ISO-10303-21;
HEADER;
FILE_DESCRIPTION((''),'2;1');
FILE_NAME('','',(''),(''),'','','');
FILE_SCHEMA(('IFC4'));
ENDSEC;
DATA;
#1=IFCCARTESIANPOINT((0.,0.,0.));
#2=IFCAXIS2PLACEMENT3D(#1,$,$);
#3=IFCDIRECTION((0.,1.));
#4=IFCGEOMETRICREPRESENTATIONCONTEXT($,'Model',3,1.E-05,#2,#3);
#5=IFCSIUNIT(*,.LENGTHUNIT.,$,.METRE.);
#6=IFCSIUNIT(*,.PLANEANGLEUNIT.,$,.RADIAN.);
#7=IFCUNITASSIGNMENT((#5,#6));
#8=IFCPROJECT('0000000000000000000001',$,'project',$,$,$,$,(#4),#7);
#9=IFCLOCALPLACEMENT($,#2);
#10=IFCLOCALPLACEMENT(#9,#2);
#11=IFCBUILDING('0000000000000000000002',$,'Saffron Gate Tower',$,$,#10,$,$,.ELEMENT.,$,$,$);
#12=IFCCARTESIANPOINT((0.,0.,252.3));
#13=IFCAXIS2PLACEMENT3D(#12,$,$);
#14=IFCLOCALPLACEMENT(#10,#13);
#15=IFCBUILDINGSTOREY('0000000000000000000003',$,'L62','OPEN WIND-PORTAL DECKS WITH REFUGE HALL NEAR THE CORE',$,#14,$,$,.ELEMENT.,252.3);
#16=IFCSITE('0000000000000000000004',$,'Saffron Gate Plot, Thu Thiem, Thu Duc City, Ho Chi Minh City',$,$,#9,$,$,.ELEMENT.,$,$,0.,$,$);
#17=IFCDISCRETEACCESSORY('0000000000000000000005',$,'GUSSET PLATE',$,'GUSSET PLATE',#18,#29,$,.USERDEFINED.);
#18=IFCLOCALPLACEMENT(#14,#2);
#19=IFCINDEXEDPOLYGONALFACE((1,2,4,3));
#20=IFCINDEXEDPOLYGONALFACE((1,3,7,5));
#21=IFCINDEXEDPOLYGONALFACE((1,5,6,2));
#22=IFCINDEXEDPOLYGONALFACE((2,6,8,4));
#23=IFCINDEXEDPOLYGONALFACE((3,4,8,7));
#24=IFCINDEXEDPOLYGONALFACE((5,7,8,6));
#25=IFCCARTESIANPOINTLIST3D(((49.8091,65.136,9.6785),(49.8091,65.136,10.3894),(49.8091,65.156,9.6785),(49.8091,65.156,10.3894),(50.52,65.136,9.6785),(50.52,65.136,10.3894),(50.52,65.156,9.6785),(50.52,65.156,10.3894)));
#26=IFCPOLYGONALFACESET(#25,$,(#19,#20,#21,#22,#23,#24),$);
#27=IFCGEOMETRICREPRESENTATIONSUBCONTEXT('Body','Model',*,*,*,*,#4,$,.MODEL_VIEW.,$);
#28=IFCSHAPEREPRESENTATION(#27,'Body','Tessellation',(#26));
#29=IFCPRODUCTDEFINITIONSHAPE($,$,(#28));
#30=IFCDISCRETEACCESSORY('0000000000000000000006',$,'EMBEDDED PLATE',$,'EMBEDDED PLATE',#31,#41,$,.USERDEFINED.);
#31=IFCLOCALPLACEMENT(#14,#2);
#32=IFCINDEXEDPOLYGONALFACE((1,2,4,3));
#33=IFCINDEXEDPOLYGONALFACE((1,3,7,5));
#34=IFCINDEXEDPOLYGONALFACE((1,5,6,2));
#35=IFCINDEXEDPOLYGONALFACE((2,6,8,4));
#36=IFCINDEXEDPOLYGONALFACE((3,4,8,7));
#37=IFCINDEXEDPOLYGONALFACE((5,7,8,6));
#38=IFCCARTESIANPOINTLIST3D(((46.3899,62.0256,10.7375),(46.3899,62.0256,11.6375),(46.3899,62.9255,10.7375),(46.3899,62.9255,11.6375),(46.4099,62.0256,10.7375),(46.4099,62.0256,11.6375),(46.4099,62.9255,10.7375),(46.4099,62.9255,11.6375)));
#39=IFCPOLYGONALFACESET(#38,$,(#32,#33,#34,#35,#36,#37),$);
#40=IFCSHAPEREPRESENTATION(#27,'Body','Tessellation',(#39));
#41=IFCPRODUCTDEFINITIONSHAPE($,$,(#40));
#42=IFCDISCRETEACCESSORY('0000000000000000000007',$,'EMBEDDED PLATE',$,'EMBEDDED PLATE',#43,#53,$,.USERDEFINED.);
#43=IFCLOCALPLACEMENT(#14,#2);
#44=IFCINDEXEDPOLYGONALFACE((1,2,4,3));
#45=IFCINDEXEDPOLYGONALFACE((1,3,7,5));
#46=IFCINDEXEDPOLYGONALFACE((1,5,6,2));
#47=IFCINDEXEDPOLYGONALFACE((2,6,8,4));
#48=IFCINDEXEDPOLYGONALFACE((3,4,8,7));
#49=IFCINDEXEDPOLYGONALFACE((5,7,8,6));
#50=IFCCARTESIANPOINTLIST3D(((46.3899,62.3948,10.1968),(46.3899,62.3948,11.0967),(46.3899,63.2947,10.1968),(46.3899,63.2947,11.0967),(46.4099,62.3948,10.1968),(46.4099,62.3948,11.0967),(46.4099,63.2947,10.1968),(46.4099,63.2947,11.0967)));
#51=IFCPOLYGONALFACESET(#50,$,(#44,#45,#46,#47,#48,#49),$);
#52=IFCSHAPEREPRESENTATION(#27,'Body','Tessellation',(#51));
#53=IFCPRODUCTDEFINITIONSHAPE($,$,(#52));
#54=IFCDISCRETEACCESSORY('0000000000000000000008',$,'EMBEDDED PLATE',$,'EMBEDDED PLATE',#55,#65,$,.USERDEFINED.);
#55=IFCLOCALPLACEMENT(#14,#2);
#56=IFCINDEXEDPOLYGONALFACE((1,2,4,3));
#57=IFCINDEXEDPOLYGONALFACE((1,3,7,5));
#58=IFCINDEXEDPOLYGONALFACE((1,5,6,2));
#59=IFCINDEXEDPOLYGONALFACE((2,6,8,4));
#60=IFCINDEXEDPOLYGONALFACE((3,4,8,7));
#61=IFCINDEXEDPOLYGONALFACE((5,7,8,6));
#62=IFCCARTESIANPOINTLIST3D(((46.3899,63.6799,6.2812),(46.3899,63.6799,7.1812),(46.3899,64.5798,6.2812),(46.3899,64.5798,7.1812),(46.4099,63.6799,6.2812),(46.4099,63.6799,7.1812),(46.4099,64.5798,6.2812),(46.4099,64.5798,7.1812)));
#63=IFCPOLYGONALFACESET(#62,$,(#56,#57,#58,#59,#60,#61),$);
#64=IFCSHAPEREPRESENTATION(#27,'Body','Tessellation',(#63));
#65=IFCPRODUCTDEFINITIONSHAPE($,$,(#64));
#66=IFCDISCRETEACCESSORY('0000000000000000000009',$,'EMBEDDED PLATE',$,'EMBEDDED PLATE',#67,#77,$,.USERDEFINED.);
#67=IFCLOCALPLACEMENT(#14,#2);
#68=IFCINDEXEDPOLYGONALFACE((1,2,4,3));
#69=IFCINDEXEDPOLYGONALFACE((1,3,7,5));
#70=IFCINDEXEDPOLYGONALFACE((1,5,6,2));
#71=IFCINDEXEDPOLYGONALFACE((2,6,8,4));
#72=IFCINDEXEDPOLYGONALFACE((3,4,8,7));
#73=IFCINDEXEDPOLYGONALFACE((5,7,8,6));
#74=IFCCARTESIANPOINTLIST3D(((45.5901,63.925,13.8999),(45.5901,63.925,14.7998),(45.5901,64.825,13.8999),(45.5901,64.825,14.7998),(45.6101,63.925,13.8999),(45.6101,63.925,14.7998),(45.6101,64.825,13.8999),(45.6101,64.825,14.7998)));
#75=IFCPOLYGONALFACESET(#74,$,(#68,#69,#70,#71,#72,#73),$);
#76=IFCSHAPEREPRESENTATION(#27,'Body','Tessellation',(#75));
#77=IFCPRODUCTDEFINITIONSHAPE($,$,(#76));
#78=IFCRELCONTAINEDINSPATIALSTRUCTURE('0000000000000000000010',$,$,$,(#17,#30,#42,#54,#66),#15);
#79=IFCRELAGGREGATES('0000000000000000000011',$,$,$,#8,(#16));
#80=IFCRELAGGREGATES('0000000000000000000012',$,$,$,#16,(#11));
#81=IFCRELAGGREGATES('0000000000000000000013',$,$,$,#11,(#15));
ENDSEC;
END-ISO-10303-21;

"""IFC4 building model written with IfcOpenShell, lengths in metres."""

from ifc_helpers import new_model, si_unit, direction, frame, origin, origin_2d, place, context, subcontext, project, spatial, rectangle, extrude, element, save


model = new_model("IFC4")

# Units and contexts
model_context = context("Model", 3, precision=1e-05, world=origin(), true_north=direction((0.0, 1.0)))
body_context = subcontext(model_context, "Body", "Model", "MODEL_VIEW")
ifc_project = project(units=[si_unit("LENGTHUNIT", "METRE"), si_unit("PLANEANGLEUNIT", "RADIAN")], contexts=[model_context])

# Site, building, storey
site_placement = place(None, origin())
site = spatial("IfcSite", under=ifc_project, at=site_placement, Name="Saffron Gate Plot, Thu Thiem, Thu Duc City, Ho Chi Minh City", CompositionType="ELEMENT", RefElevation=0.0)
building_placement = place(site_placement, origin())
building = spatial("IfcBuilding", under=site, at=building_placement, Name="Saffron Gate Tower", CompositionType="ELEMENT")
storey_placement = place(building_placement, frame((0.0, 0.0, 252.3)))
storey = spatial("IfcBuildingStorey", under=building, at=storey_placement, Name="L62", Description="OPEN WIND-PORTAL DECKS WITH REFUGE HALL NEAR THE CORE", CompositionType="ELEMENT", Elevation=252.3)

# Discrete accessories
for number, where, z_axis, x_axis, name in (
    (1, (50.1646, 65.146, 9.6785), (0.0, 0.0, 1.0), (-1.0, 0.0, 0.0), "GUSSET PLATE"),
):
    element("IfcDiscreteAccessory", number, at=place(storey_placement, frame(where, z_axis=z_axis, x_axis=x_axis)), inside=storey, Name=name, ObjectType="GUSSET PLATE", PredefinedType="USERDEFINED", context=body_context, shape_type="SweptSolid", body=[
        extrude(rectangle(XDim=0.7109, YDim=0.02, at=origin_2d()), origin(), (0.0, 0.0, 1.0), 0.7109),
    ])
for number, where, z_axis, x_axis, name in (
    (2, (46.3999, 62.4756, 10.7375), (0.0, 0.0, 1.0), (0.0, 1.0, 0.0), "EMBEDDED PLATE"),
    (3, (46.3999, 62.8447, 10.1968), (0.0, 0.0, 1.0), (0.0, 1.0, 0.0), "EMBEDDED PLATE"),
    (4, (46.3999, 64.1299, 6.2812), (0.0, 0.0, 1.0), (0.0, 1.0, 0.0), "EMBEDDED PLATE"),
    (5, (45.6001, 64.375, 13.8999), (0.0, 0.0, 1.0), (0.0, 1.0, 0.0), "EMBEDDED PLATE"),
):
    element("IfcDiscreteAccessory", number, at=place(storey_placement, frame(where, z_axis=z_axis, x_axis=x_axis)), inside=storey, Name=name, ObjectType="EMBEDDED PLATE", PredefinedType="USERDEFINED", context=body_context, shape_type="SweptSolid", body=[
        extrude(rectangle(XDim=0.8999, YDim=0.02, at=origin_2d()), origin(), (0.0, 0.0, 1.0), 0.8999),
    ])

save(model, "model.ifc")
